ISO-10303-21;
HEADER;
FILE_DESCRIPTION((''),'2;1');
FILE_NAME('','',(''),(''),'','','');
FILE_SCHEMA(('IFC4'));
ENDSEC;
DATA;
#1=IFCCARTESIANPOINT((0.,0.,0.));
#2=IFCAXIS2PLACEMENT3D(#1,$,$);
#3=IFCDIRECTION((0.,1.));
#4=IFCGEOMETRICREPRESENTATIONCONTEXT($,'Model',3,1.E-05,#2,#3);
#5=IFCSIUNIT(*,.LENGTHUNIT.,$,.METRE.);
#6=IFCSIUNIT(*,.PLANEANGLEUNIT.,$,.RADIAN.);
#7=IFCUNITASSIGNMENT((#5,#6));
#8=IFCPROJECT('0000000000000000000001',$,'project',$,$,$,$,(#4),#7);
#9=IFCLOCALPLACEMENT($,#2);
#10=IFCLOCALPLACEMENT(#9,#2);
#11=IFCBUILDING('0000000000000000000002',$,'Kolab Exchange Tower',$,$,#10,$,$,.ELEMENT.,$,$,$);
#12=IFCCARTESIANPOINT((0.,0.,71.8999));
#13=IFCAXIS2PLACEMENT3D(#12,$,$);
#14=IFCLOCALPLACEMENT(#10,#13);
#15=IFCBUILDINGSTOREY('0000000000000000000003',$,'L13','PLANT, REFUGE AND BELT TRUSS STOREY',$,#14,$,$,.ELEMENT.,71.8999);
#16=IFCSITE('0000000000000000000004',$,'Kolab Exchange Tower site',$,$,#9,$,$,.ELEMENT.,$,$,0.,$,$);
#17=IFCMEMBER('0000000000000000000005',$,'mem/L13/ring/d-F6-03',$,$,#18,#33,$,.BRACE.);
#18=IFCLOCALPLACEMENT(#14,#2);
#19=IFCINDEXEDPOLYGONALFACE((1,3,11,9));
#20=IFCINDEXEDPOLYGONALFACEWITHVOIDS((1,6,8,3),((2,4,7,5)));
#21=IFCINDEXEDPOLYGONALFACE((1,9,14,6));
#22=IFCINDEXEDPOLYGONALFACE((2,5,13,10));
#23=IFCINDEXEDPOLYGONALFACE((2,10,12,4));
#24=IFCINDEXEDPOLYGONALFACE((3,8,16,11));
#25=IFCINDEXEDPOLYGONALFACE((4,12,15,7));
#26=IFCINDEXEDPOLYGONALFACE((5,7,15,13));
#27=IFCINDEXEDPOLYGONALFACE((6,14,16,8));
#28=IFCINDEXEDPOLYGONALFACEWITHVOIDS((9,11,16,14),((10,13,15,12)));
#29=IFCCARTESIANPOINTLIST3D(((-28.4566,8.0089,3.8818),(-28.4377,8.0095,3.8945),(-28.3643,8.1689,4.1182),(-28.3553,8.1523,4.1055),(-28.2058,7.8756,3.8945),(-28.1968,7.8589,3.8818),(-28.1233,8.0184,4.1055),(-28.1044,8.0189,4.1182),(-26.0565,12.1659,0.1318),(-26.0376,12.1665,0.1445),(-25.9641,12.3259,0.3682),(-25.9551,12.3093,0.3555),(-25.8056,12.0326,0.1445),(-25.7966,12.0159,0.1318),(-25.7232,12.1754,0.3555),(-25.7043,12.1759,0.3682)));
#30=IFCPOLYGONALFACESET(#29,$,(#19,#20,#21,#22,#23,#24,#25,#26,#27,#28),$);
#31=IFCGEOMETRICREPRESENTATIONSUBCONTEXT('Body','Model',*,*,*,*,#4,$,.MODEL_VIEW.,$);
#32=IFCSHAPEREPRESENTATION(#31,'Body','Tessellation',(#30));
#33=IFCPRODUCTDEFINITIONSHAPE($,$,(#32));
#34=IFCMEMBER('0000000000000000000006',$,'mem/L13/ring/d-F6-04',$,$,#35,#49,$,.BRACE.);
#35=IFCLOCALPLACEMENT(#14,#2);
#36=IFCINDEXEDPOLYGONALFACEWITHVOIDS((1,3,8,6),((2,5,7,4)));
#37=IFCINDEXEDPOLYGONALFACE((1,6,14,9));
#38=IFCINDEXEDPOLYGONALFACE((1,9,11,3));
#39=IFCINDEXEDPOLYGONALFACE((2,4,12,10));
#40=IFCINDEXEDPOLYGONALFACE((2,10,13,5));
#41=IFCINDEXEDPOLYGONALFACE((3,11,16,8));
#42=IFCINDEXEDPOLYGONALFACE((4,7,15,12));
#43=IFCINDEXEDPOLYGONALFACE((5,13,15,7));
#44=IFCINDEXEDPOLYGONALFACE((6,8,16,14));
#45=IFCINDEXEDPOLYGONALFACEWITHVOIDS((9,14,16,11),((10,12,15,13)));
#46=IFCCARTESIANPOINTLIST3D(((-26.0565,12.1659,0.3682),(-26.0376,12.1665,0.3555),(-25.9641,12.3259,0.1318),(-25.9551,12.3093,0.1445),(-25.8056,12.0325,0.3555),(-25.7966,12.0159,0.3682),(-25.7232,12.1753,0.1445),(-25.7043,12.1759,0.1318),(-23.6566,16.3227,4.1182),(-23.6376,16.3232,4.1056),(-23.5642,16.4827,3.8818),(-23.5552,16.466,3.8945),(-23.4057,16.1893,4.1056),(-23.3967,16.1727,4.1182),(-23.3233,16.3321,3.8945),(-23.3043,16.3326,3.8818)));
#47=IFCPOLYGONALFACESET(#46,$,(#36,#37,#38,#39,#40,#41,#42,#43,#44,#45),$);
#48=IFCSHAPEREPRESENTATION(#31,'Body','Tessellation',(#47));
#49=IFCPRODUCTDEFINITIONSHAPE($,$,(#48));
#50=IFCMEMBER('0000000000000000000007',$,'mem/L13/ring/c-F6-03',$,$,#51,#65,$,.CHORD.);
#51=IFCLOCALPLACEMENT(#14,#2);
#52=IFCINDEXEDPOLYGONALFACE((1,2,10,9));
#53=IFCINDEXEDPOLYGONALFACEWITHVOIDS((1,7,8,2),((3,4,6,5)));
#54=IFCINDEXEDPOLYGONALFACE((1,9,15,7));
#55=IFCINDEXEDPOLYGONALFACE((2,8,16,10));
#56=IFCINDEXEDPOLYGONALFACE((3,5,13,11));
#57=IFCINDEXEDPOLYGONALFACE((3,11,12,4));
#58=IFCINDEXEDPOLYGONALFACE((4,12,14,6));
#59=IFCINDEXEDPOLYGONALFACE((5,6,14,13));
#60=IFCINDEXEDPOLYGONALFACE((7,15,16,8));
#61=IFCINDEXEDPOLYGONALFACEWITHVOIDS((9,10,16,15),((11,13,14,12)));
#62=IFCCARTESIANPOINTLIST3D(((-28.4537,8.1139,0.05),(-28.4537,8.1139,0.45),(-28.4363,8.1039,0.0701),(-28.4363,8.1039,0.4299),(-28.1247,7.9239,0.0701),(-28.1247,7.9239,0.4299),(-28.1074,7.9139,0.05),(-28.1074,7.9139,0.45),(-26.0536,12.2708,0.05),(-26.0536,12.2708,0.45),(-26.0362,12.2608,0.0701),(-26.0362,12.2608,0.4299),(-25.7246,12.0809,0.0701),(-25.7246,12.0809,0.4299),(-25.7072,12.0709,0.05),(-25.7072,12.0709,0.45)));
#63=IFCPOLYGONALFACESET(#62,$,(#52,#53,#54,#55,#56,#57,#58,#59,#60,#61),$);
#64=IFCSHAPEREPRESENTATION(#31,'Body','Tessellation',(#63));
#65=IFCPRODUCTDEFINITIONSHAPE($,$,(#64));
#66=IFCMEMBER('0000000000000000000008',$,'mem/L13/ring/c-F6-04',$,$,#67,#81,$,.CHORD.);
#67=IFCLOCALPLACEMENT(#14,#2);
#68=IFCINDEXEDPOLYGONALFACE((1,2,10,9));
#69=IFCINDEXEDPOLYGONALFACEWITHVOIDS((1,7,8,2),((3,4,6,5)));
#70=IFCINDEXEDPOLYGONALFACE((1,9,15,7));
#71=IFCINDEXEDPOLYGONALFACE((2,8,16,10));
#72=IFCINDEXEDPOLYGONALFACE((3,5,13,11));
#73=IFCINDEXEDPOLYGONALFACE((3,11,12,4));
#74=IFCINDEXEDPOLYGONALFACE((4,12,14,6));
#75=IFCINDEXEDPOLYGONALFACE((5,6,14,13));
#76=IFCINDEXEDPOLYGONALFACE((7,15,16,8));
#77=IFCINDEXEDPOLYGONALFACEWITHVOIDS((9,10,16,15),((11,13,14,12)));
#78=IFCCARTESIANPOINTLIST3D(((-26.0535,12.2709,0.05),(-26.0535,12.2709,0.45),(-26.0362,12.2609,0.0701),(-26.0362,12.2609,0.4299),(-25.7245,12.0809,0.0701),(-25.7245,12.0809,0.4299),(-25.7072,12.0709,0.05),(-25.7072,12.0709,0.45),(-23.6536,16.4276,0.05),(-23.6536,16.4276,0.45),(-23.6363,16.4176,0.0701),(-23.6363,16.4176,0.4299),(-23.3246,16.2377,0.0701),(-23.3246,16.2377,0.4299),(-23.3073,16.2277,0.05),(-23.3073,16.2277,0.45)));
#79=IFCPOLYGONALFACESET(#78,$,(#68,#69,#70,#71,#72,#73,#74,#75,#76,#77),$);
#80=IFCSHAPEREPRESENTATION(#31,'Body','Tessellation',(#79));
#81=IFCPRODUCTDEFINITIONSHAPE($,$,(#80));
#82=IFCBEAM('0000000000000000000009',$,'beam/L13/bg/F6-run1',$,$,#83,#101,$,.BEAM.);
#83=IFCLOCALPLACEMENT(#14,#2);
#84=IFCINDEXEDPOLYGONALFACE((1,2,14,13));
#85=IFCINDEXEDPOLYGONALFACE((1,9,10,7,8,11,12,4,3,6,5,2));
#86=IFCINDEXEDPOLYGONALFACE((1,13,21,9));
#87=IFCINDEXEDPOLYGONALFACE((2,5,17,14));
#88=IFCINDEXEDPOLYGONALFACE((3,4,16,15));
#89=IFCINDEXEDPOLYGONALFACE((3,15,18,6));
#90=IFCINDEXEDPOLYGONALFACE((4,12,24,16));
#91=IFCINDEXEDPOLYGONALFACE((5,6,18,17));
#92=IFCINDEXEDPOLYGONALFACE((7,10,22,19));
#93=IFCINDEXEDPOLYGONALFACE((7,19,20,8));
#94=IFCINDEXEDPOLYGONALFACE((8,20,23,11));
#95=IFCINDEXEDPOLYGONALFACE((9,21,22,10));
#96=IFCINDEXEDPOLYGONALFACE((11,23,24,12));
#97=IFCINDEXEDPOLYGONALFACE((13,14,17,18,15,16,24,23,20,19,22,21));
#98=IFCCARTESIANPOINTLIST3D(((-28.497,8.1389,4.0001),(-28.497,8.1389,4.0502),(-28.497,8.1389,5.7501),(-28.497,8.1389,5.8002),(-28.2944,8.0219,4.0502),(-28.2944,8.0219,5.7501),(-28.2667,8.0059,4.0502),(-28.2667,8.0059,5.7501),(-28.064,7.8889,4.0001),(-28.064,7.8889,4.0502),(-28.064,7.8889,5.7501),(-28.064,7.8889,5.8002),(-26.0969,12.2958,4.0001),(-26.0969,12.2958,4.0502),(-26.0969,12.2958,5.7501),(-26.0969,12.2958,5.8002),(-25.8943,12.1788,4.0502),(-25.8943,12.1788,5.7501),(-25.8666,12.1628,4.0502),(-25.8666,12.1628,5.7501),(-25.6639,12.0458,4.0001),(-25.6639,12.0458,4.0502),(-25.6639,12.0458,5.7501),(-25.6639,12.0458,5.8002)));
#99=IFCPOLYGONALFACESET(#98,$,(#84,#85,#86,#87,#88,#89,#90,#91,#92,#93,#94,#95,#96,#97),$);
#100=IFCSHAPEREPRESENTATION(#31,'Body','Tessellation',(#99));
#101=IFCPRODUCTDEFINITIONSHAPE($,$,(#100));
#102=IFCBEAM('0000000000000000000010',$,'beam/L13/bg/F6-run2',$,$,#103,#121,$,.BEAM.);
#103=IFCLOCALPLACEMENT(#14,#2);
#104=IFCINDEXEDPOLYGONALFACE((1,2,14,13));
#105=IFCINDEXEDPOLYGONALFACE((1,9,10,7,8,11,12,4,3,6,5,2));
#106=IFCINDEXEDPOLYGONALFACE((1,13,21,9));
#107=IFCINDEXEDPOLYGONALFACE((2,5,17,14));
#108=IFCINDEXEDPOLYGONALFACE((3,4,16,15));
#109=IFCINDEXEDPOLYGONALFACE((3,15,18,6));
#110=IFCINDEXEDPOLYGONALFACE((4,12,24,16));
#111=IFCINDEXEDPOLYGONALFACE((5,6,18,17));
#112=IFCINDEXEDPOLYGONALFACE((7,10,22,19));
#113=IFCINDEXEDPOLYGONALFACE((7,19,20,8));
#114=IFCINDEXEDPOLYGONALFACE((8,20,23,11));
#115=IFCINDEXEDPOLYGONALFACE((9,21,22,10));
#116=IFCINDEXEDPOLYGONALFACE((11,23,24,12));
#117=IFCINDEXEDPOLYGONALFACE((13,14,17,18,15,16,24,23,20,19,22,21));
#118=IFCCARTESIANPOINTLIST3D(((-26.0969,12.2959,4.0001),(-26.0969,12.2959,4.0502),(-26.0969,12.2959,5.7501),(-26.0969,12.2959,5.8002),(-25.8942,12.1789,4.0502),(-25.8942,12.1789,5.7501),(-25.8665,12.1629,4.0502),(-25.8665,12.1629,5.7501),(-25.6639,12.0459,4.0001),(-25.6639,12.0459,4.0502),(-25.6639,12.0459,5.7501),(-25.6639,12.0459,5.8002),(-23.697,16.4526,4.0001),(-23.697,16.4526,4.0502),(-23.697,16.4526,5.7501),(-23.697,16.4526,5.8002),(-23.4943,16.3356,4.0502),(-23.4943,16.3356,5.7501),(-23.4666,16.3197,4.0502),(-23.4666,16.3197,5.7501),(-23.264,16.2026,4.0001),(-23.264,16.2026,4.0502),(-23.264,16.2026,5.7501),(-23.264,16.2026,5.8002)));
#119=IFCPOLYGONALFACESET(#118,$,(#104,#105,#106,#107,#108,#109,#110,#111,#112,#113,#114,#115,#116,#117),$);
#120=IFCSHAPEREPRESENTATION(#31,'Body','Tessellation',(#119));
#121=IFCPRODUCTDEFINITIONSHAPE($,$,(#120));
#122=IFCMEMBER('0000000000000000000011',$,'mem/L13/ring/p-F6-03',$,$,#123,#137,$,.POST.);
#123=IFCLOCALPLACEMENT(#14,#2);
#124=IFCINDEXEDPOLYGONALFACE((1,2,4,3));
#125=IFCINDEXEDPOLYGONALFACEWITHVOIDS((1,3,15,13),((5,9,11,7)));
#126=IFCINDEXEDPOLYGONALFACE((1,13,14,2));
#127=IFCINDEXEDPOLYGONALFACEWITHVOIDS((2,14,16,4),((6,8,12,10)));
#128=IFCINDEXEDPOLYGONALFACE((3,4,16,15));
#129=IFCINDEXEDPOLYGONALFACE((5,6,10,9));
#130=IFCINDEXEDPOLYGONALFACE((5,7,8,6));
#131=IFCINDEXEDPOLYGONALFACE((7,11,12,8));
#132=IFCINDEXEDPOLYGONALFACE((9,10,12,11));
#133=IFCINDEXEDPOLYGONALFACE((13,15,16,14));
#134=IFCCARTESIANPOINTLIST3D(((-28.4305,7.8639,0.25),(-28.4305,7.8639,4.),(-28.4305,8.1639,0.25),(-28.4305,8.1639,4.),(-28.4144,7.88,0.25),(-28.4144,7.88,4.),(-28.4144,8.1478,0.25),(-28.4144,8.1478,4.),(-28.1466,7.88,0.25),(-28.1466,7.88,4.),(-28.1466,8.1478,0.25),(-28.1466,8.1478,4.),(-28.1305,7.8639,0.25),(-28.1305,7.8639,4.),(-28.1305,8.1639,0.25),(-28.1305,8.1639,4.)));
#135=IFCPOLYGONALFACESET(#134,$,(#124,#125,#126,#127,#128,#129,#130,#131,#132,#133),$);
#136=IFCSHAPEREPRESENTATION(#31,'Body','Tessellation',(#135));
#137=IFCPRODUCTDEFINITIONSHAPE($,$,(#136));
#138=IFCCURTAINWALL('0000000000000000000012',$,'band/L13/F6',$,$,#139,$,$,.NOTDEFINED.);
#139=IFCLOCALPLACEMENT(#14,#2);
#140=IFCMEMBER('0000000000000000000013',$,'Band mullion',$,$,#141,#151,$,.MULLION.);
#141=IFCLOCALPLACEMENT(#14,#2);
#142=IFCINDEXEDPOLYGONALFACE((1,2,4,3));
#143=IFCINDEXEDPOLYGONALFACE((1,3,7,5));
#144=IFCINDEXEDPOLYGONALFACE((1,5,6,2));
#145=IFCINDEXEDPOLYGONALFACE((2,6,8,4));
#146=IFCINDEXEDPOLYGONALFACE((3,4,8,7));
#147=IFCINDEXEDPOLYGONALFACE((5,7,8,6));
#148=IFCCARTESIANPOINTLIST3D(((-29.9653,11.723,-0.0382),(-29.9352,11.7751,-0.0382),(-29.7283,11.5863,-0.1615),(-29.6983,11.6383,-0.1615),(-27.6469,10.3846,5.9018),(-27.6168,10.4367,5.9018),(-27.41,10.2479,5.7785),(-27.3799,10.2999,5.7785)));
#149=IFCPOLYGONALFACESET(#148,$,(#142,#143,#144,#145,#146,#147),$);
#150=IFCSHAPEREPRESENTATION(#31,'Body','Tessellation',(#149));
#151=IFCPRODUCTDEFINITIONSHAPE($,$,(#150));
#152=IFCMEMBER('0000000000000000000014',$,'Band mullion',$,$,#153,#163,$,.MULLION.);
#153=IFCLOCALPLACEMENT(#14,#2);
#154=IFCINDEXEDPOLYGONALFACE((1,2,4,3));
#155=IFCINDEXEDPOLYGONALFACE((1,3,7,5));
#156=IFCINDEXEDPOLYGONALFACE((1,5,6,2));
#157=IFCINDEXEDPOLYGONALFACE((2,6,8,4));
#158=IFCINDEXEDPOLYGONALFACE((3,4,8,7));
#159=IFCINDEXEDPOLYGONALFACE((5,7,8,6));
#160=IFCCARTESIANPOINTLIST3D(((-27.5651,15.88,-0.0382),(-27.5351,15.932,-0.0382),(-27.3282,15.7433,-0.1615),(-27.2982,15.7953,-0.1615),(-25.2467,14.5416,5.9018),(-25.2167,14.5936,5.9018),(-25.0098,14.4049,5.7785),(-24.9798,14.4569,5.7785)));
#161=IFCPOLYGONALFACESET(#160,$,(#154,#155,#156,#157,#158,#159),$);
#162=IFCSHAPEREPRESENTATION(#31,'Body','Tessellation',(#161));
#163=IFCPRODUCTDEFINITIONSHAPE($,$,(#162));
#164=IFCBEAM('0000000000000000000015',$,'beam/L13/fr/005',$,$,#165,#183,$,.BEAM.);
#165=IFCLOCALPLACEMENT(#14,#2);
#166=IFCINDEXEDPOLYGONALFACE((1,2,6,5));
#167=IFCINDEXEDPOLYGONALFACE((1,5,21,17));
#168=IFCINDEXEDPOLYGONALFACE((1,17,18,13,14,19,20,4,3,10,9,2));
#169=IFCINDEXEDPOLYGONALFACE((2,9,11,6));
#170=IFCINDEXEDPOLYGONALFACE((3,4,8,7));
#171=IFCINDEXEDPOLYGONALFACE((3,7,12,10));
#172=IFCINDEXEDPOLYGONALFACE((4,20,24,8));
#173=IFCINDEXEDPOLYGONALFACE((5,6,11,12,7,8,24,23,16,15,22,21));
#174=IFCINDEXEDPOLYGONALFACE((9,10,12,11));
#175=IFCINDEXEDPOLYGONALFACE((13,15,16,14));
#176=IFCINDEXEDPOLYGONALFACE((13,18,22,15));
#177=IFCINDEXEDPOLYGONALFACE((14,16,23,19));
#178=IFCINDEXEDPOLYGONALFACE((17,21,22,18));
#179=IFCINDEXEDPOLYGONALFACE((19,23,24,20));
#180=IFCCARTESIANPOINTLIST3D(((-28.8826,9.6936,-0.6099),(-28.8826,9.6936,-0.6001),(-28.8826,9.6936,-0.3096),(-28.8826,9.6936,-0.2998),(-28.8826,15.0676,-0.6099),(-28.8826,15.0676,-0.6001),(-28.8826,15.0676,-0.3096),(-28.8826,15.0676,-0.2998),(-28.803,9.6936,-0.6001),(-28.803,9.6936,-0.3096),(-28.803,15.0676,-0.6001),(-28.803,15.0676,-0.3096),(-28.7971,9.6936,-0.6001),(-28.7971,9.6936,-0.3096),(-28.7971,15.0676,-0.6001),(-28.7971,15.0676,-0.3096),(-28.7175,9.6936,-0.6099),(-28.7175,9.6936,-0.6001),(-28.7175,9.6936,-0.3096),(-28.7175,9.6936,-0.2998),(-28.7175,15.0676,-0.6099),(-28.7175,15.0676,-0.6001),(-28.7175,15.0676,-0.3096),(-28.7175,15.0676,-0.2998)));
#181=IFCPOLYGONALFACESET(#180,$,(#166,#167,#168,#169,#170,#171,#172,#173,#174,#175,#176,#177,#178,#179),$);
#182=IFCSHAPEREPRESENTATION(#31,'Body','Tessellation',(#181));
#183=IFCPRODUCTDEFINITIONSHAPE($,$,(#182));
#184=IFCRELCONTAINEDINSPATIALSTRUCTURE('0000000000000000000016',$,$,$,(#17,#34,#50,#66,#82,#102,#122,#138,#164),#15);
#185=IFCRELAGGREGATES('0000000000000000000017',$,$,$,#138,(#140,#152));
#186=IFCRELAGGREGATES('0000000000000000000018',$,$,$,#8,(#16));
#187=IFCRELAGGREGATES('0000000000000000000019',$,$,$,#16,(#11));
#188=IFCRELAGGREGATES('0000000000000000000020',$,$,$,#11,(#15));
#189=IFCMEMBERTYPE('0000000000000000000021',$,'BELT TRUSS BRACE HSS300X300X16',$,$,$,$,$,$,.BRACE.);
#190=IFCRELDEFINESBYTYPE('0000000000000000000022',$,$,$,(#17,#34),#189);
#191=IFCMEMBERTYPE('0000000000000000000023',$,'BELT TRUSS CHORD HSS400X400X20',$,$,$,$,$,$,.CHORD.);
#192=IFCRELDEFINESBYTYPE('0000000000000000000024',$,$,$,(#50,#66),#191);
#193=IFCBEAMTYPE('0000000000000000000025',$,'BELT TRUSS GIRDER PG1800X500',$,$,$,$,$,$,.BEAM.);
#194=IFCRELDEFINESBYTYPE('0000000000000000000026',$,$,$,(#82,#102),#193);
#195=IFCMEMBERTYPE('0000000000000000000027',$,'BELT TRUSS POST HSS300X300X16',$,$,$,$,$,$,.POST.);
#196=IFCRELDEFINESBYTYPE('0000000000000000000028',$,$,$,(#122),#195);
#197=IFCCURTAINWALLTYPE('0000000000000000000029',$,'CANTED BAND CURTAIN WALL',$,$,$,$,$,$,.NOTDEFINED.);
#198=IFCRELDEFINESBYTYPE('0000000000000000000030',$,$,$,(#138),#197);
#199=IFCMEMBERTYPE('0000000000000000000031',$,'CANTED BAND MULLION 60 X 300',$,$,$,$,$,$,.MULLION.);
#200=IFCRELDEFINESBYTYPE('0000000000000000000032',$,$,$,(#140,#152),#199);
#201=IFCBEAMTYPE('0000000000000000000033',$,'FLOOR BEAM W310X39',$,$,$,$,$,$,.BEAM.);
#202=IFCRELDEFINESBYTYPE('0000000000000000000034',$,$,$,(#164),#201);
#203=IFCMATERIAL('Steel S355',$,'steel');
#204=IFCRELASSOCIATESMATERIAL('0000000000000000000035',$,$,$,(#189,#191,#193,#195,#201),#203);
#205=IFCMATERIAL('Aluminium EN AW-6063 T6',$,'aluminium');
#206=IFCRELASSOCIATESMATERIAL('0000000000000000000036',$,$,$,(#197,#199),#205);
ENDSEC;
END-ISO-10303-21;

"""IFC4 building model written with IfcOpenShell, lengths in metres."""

from ifc_helpers import new_model, si_unit, direction, frame, origin, origin_2d, place, context, subcontext, project, spatial, rectangle, hollow_rectangle, i_section, extrude, material, material_profile, profile_set, type_object, element, aggregate, save


model = new_model("IFC4")

# Units and contexts
model_context = context("Model", 3, precision=1e-05, world=origin(), true_north=direction((0.0, 1.0)))
body_context = subcontext(model_context, "Body", "Model", "MODEL_VIEW")
ifc_project = project(units=[si_unit("LENGTHUNIT", "METRE"), si_unit("PLANEANGLEUNIT", "RADIAN")], contexts=[model_context])

# Site, building, storey
site_placement = place(None, origin())
site = spatial("IfcSite", under=ifc_project, at=site_placement, Name="Kolab Exchange Tower site", CompositionType="ELEMENT", RefElevation=0.0)
building_placement = place(site_placement, origin())
building = spatial("IfcBuilding", under=site, at=building_placement, Name="Kolab Exchange Tower", CompositionType="ELEMENT")
storey_placement = place(building_placement, frame((0.0, 0.0, 71.8999)))
storey = spatial("IfcBuildingStorey", under=building, at=storey_placement, Name="L13", Description="PLANT, REFUGE AND BELT TRUSS STOREY", CompositionType="ELEMENT", Elevation=71.8999)

# Members
ifc_material_1 = material(Name="Steel S355", Category="steel")
ifc_material_profile_1 = material_profile(ifc_material_1, hollow_rectangle(XDim=0.3, YDim=0.3, WallThickness=0.0161, at=origin_2d()), Name="HSS300X300X16")
ifc_profile_set_1 = profile_set([ifc_material_profile_1], Name="Steel S355")
member_type_1 = type_object("IfcMemberType", Name="BELT TRUSS BRACE HSS300X300X16", PredefinedType="BRACE", material=ifc_profile_set_1)
member_1_placement = place(storey_placement, frame((-28.2805, 8.0139, 4.0), z_axis=(0.39403, 0.682448, -0.615634), x_axis=(-0.866015, 0.500017, 0.0)))
element("IfcMember", 1, at=member_1_placement, inside=storey, type_object=member_type_1, Name="mem/L13/ring/d-F6-03", PredefinedType="BRACE", context=body_context, shape_type="SweptSolid", body=[
    extrude(hollow_rectangle(XDim=0.3, YDim=0.3, WallThickness=0.0161, at=origin_2d()), origin(), (0.0, 0.0, 1.0), 6.0913),
])
member_2_placement = place(storey_placement, frame((-25.8804, 12.1709, 0.25), z_axis=(0.394007, 0.682437, 0.615661), x_axis=(-0.866025, 0.500001, 0.0)))
element("IfcMember", 2, at=member_2_placement, inside=storey, type_object=member_type_1, Name="mem/L13/ring/d-F6-04", PredefinedType="BRACE", context=body_context, shape_type="SweptSolid", body=[
    extrude(hollow_rectangle(XDim=0.3, YDim=0.3, WallThickness=0.0161, at=origin_2d()), origin(), (0.0, 0.0, 1.0), 6.0911),
])
ifc_material_profile_2 = material_profile(ifc_material_1, hollow_rectangle(XDim=0.3999, YDim=0.3999, WallThickness=0.02, at=origin_2d()), Name="HSS400X400X20")
ifc_profile_set_2 = profile_set([ifc_material_profile_2], Name="Steel S355")
member_type_2 = type_object("IfcMemberType", Name="BELT TRUSS CHORD HSS400X400X20", PredefinedType="CHORD", material=ifc_profile_set_2)
member_3_placement = place(storey_placement, frame((-28.2805, 8.0139, 0.25), z_axis=(0.500017, 0.866015, 0.0), x_axis=(-0.866015, 0.500017, 0.0)))
element("IfcMember", 3, at=member_3_placement, inside=storey, type_object=member_type_2, Name="mem/L13/ring/c-F6-03", PredefinedType="CHORD", context=body_context, shape_type="SweptSolid", body=[
    extrude(hollow_rectangle(XDim=0.3999, YDim=0.3999, WallThickness=0.02, at=origin_2d()), origin(), (0.0, 0.0, 1.0), 4.8),
])
member_4_placement = place(storey_placement, frame((-25.8804, 12.1709, 0.25), z_axis=(0.500001, 0.866025, 0.0), x_axis=(-0.866025, 0.500001, 0.0)))
element("IfcMember", 4, at=member_4_placement, inside=storey, type_object=member_type_2, Name="mem/L13/ring/c-F6-04", PredefinedType="CHORD", context=body_context, shape_type="SweptSolid", body=[
    extrude(hollow_rectangle(XDim=0.3999, YDim=0.3999, WallThickness=0.02, at=origin_2d()), origin(), (0.0, 0.0, 1.0), 4.7998),
])

# Beams
ifc_material_profile_3 = material_profile(ifc_material_1, i_section(OverallWidth=0.5, OverallDepth=1.8, WebThickness=0.032, FlangeThickness=0.05, at=origin_2d()), Name="PG1800X500")
ifc_profile_set_3 = profile_set([ifc_material_profile_3], Name="Steel S355")
beam_type_1 = type_object("IfcBeamType", Name="BELT TRUSS GIRDER PG1800X500", PredefinedType="BEAM", material=ifc_profile_set_3)
beam_1_placement = place(storey_placement, frame((-28.2805, 8.0139, 4.9001), z_axis=(0.500017, 0.866015, 0.0), x_axis=(-0.866015, 0.500017, 0.0)))
element("IfcBeam", 5, at=beam_1_placement, inside=storey, type_object=beam_type_1, Name="beam/L13/bg/F6-run1", PredefinedType="BEAM", context=body_context, shape_type="SweptSolid", body=[
    extrude(i_section(OverallWidth=0.5, OverallDepth=1.8, WebThickness=0.032, FlangeThickness=0.05, at=origin_2d()), origin(), (0.0, 0.0, 1.0), 4.8),
])
beam_2_placement = place(storey_placement, frame((-25.8804, 12.1709, 4.9001), z_axis=(0.500001, 0.866025, 0.0), x_axis=(-0.866025, 0.500001, 0.0)))
element("IfcBeam", 6, at=beam_2_placement, inside=storey, type_object=beam_type_1, Name="beam/L13/bg/F6-run2", PredefinedType="BEAM", context=body_context, shape_type="SweptSolid", body=[
    extrude(i_section(OverallWidth=0.5, OverallDepth=1.8, WebThickness=0.032, FlangeThickness=0.05, at=origin_2d()), origin(), (0.0, 0.0, 1.0), 4.7998),
])

# Member
ifc_material_profile_4 = material_profile(ifc_material_1, hollow_rectangle(XDim=0.3, YDim=0.3, WallThickness=0.0161, at=origin_2d()), Name="HSS300X300X16")
ifc_profile_set_4 = profile_set([ifc_material_profile_4], Name="Steel S355")
member_type_3 = type_object("IfcMemberType", Name="BELT TRUSS POST HSS300X300X16", PredefinedType="POST", material=ifc_profile_set_4)
member_5_placement = place(storey_placement, frame((-28.2805, 8.0139, 0.25), z_axis=(0.0, 0.0, 1.0), x_axis=(1.0, 0.0, 0.0)))
element("IfcMember", 7, at=member_5_placement, inside=storey, type_object=member_type_3, Name="mem/L13/ring/p-F6-03", PredefinedType="POST", context=body_context, shape_type="SweptSolid", body=[
    extrude(hollow_rectangle(XDim=0.3, YDim=0.3, WallThickness=0.0161, at=origin_2d()), origin(), (0.0, 0.0, 1.0), 3.75),
])

# Curtain wall, members
ifc_material_2 = material(Name="Aluminium EN AW-6063 T6", Category="aluminium")
curtain_wall_type = type_object("IfcCurtainWallType", Name="CANTED BAND CURTAIN WALL", PredefinedType="NOTDEFINED", material=ifc_material_2)
curtain_wall_placement = place(storey_placement, origin())
curtain_wall = element("IfcCurtainWall", 8, at=curtain_wall_placement, inside=storey, type_object=curtain_wall_type, Name="band/L13/F6", PredefinedType="NOTDEFINED")
ifc_material_profile_5 = material_profile(ifc_material_2, rectangle(XDim=0.0601, YDim=0.3, at=origin_2d()), Name="RECT 60X300")
ifc_profile_set_5 = profile_set([ifc_material_profile_5], Name="Aluminium EN AW-6063 T6")
member_type_4 = type_object("IfcMemberType", Name="CANTED BAND MULLION 60 X 300", PredefinedType="MULLION", material=ifc_profile_set_5)
member_6_placement = place(storey_placement, frame((-29.8318, 11.6807, -0.0999), z_axis=(0.355834, -0.205421, 0.911693), x_axis=(0.499965, 0.866046, 0.0)))
member_6 = element("IfcMember", 9, at=member_6_placement, type_object=member_type_4, Name="Band mullion", PredefinedType="MULLION", context=body_context, shape_type="SweptSolid", body=[
    extrude(rectangle(XDim=0.0601, YDim=0.3, at=origin_2d()), origin(), (0.0, 0.0, 1.0), 6.5154),
])
member_7_placement = place(storey_placement, frame((-27.4316, 15.8376, -0.0999), z_axis=(0.355834, -0.205421, 0.911693), x_axis=(0.499965, 0.866046, 0.0)))
member_7 = element("IfcMember", 10, at=member_7_placement, type_object=member_type_4, Name="Band mullion", PredefinedType="MULLION", context=body_context, shape_type="SweptSolid", body=[
    extrude(rectangle(XDim=0.0601, YDim=0.3, at=origin_2d()), origin(), (0.0, 0.0, 1.0), 6.5154),
])

# Beam
ifc_material_profile_6 = material_profile(ifc_material_1, i_section(OverallWidth=0.165, OverallDepth=0.3101, WebThickness=0.0059, FlangeThickness=0.0098, at=origin_2d()), Name="W310X39")
ifc_profile_set_6 = profile_set([ifc_material_profile_6], Name="Steel S355")
beam_type_2 = type_object("IfcBeamType", Name="FLOOR BEAM W310X39", PredefinedType="BEAM", material=ifc_profile_set_6)
beam_3_placement = place(storey_placement, frame((-28.8, 9.6936, -0.4548), z_axis=(0.0, 1.0, 0.0), x_axis=(-1.0, 0.0, 0.0)))
element("IfcBeam", 11, at=beam_3_placement, inside=storey, type_object=beam_type_2, Name="beam/L13/fr/005", PredefinedType="BEAM", context=body_context, shape_type="SweptSolid", body=[
    extrude(i_section(OverallWidth=0.165, OverallDepth=0.3101, WebThickness=0.0059, FlangeThickness=0.0098, at=origin_2d()), origin(), (0.0, 0.0, 1.0), 5.374),
])

aggregate(curtain_wall, [member_6, member_7])

save(model, "model.ifc")
